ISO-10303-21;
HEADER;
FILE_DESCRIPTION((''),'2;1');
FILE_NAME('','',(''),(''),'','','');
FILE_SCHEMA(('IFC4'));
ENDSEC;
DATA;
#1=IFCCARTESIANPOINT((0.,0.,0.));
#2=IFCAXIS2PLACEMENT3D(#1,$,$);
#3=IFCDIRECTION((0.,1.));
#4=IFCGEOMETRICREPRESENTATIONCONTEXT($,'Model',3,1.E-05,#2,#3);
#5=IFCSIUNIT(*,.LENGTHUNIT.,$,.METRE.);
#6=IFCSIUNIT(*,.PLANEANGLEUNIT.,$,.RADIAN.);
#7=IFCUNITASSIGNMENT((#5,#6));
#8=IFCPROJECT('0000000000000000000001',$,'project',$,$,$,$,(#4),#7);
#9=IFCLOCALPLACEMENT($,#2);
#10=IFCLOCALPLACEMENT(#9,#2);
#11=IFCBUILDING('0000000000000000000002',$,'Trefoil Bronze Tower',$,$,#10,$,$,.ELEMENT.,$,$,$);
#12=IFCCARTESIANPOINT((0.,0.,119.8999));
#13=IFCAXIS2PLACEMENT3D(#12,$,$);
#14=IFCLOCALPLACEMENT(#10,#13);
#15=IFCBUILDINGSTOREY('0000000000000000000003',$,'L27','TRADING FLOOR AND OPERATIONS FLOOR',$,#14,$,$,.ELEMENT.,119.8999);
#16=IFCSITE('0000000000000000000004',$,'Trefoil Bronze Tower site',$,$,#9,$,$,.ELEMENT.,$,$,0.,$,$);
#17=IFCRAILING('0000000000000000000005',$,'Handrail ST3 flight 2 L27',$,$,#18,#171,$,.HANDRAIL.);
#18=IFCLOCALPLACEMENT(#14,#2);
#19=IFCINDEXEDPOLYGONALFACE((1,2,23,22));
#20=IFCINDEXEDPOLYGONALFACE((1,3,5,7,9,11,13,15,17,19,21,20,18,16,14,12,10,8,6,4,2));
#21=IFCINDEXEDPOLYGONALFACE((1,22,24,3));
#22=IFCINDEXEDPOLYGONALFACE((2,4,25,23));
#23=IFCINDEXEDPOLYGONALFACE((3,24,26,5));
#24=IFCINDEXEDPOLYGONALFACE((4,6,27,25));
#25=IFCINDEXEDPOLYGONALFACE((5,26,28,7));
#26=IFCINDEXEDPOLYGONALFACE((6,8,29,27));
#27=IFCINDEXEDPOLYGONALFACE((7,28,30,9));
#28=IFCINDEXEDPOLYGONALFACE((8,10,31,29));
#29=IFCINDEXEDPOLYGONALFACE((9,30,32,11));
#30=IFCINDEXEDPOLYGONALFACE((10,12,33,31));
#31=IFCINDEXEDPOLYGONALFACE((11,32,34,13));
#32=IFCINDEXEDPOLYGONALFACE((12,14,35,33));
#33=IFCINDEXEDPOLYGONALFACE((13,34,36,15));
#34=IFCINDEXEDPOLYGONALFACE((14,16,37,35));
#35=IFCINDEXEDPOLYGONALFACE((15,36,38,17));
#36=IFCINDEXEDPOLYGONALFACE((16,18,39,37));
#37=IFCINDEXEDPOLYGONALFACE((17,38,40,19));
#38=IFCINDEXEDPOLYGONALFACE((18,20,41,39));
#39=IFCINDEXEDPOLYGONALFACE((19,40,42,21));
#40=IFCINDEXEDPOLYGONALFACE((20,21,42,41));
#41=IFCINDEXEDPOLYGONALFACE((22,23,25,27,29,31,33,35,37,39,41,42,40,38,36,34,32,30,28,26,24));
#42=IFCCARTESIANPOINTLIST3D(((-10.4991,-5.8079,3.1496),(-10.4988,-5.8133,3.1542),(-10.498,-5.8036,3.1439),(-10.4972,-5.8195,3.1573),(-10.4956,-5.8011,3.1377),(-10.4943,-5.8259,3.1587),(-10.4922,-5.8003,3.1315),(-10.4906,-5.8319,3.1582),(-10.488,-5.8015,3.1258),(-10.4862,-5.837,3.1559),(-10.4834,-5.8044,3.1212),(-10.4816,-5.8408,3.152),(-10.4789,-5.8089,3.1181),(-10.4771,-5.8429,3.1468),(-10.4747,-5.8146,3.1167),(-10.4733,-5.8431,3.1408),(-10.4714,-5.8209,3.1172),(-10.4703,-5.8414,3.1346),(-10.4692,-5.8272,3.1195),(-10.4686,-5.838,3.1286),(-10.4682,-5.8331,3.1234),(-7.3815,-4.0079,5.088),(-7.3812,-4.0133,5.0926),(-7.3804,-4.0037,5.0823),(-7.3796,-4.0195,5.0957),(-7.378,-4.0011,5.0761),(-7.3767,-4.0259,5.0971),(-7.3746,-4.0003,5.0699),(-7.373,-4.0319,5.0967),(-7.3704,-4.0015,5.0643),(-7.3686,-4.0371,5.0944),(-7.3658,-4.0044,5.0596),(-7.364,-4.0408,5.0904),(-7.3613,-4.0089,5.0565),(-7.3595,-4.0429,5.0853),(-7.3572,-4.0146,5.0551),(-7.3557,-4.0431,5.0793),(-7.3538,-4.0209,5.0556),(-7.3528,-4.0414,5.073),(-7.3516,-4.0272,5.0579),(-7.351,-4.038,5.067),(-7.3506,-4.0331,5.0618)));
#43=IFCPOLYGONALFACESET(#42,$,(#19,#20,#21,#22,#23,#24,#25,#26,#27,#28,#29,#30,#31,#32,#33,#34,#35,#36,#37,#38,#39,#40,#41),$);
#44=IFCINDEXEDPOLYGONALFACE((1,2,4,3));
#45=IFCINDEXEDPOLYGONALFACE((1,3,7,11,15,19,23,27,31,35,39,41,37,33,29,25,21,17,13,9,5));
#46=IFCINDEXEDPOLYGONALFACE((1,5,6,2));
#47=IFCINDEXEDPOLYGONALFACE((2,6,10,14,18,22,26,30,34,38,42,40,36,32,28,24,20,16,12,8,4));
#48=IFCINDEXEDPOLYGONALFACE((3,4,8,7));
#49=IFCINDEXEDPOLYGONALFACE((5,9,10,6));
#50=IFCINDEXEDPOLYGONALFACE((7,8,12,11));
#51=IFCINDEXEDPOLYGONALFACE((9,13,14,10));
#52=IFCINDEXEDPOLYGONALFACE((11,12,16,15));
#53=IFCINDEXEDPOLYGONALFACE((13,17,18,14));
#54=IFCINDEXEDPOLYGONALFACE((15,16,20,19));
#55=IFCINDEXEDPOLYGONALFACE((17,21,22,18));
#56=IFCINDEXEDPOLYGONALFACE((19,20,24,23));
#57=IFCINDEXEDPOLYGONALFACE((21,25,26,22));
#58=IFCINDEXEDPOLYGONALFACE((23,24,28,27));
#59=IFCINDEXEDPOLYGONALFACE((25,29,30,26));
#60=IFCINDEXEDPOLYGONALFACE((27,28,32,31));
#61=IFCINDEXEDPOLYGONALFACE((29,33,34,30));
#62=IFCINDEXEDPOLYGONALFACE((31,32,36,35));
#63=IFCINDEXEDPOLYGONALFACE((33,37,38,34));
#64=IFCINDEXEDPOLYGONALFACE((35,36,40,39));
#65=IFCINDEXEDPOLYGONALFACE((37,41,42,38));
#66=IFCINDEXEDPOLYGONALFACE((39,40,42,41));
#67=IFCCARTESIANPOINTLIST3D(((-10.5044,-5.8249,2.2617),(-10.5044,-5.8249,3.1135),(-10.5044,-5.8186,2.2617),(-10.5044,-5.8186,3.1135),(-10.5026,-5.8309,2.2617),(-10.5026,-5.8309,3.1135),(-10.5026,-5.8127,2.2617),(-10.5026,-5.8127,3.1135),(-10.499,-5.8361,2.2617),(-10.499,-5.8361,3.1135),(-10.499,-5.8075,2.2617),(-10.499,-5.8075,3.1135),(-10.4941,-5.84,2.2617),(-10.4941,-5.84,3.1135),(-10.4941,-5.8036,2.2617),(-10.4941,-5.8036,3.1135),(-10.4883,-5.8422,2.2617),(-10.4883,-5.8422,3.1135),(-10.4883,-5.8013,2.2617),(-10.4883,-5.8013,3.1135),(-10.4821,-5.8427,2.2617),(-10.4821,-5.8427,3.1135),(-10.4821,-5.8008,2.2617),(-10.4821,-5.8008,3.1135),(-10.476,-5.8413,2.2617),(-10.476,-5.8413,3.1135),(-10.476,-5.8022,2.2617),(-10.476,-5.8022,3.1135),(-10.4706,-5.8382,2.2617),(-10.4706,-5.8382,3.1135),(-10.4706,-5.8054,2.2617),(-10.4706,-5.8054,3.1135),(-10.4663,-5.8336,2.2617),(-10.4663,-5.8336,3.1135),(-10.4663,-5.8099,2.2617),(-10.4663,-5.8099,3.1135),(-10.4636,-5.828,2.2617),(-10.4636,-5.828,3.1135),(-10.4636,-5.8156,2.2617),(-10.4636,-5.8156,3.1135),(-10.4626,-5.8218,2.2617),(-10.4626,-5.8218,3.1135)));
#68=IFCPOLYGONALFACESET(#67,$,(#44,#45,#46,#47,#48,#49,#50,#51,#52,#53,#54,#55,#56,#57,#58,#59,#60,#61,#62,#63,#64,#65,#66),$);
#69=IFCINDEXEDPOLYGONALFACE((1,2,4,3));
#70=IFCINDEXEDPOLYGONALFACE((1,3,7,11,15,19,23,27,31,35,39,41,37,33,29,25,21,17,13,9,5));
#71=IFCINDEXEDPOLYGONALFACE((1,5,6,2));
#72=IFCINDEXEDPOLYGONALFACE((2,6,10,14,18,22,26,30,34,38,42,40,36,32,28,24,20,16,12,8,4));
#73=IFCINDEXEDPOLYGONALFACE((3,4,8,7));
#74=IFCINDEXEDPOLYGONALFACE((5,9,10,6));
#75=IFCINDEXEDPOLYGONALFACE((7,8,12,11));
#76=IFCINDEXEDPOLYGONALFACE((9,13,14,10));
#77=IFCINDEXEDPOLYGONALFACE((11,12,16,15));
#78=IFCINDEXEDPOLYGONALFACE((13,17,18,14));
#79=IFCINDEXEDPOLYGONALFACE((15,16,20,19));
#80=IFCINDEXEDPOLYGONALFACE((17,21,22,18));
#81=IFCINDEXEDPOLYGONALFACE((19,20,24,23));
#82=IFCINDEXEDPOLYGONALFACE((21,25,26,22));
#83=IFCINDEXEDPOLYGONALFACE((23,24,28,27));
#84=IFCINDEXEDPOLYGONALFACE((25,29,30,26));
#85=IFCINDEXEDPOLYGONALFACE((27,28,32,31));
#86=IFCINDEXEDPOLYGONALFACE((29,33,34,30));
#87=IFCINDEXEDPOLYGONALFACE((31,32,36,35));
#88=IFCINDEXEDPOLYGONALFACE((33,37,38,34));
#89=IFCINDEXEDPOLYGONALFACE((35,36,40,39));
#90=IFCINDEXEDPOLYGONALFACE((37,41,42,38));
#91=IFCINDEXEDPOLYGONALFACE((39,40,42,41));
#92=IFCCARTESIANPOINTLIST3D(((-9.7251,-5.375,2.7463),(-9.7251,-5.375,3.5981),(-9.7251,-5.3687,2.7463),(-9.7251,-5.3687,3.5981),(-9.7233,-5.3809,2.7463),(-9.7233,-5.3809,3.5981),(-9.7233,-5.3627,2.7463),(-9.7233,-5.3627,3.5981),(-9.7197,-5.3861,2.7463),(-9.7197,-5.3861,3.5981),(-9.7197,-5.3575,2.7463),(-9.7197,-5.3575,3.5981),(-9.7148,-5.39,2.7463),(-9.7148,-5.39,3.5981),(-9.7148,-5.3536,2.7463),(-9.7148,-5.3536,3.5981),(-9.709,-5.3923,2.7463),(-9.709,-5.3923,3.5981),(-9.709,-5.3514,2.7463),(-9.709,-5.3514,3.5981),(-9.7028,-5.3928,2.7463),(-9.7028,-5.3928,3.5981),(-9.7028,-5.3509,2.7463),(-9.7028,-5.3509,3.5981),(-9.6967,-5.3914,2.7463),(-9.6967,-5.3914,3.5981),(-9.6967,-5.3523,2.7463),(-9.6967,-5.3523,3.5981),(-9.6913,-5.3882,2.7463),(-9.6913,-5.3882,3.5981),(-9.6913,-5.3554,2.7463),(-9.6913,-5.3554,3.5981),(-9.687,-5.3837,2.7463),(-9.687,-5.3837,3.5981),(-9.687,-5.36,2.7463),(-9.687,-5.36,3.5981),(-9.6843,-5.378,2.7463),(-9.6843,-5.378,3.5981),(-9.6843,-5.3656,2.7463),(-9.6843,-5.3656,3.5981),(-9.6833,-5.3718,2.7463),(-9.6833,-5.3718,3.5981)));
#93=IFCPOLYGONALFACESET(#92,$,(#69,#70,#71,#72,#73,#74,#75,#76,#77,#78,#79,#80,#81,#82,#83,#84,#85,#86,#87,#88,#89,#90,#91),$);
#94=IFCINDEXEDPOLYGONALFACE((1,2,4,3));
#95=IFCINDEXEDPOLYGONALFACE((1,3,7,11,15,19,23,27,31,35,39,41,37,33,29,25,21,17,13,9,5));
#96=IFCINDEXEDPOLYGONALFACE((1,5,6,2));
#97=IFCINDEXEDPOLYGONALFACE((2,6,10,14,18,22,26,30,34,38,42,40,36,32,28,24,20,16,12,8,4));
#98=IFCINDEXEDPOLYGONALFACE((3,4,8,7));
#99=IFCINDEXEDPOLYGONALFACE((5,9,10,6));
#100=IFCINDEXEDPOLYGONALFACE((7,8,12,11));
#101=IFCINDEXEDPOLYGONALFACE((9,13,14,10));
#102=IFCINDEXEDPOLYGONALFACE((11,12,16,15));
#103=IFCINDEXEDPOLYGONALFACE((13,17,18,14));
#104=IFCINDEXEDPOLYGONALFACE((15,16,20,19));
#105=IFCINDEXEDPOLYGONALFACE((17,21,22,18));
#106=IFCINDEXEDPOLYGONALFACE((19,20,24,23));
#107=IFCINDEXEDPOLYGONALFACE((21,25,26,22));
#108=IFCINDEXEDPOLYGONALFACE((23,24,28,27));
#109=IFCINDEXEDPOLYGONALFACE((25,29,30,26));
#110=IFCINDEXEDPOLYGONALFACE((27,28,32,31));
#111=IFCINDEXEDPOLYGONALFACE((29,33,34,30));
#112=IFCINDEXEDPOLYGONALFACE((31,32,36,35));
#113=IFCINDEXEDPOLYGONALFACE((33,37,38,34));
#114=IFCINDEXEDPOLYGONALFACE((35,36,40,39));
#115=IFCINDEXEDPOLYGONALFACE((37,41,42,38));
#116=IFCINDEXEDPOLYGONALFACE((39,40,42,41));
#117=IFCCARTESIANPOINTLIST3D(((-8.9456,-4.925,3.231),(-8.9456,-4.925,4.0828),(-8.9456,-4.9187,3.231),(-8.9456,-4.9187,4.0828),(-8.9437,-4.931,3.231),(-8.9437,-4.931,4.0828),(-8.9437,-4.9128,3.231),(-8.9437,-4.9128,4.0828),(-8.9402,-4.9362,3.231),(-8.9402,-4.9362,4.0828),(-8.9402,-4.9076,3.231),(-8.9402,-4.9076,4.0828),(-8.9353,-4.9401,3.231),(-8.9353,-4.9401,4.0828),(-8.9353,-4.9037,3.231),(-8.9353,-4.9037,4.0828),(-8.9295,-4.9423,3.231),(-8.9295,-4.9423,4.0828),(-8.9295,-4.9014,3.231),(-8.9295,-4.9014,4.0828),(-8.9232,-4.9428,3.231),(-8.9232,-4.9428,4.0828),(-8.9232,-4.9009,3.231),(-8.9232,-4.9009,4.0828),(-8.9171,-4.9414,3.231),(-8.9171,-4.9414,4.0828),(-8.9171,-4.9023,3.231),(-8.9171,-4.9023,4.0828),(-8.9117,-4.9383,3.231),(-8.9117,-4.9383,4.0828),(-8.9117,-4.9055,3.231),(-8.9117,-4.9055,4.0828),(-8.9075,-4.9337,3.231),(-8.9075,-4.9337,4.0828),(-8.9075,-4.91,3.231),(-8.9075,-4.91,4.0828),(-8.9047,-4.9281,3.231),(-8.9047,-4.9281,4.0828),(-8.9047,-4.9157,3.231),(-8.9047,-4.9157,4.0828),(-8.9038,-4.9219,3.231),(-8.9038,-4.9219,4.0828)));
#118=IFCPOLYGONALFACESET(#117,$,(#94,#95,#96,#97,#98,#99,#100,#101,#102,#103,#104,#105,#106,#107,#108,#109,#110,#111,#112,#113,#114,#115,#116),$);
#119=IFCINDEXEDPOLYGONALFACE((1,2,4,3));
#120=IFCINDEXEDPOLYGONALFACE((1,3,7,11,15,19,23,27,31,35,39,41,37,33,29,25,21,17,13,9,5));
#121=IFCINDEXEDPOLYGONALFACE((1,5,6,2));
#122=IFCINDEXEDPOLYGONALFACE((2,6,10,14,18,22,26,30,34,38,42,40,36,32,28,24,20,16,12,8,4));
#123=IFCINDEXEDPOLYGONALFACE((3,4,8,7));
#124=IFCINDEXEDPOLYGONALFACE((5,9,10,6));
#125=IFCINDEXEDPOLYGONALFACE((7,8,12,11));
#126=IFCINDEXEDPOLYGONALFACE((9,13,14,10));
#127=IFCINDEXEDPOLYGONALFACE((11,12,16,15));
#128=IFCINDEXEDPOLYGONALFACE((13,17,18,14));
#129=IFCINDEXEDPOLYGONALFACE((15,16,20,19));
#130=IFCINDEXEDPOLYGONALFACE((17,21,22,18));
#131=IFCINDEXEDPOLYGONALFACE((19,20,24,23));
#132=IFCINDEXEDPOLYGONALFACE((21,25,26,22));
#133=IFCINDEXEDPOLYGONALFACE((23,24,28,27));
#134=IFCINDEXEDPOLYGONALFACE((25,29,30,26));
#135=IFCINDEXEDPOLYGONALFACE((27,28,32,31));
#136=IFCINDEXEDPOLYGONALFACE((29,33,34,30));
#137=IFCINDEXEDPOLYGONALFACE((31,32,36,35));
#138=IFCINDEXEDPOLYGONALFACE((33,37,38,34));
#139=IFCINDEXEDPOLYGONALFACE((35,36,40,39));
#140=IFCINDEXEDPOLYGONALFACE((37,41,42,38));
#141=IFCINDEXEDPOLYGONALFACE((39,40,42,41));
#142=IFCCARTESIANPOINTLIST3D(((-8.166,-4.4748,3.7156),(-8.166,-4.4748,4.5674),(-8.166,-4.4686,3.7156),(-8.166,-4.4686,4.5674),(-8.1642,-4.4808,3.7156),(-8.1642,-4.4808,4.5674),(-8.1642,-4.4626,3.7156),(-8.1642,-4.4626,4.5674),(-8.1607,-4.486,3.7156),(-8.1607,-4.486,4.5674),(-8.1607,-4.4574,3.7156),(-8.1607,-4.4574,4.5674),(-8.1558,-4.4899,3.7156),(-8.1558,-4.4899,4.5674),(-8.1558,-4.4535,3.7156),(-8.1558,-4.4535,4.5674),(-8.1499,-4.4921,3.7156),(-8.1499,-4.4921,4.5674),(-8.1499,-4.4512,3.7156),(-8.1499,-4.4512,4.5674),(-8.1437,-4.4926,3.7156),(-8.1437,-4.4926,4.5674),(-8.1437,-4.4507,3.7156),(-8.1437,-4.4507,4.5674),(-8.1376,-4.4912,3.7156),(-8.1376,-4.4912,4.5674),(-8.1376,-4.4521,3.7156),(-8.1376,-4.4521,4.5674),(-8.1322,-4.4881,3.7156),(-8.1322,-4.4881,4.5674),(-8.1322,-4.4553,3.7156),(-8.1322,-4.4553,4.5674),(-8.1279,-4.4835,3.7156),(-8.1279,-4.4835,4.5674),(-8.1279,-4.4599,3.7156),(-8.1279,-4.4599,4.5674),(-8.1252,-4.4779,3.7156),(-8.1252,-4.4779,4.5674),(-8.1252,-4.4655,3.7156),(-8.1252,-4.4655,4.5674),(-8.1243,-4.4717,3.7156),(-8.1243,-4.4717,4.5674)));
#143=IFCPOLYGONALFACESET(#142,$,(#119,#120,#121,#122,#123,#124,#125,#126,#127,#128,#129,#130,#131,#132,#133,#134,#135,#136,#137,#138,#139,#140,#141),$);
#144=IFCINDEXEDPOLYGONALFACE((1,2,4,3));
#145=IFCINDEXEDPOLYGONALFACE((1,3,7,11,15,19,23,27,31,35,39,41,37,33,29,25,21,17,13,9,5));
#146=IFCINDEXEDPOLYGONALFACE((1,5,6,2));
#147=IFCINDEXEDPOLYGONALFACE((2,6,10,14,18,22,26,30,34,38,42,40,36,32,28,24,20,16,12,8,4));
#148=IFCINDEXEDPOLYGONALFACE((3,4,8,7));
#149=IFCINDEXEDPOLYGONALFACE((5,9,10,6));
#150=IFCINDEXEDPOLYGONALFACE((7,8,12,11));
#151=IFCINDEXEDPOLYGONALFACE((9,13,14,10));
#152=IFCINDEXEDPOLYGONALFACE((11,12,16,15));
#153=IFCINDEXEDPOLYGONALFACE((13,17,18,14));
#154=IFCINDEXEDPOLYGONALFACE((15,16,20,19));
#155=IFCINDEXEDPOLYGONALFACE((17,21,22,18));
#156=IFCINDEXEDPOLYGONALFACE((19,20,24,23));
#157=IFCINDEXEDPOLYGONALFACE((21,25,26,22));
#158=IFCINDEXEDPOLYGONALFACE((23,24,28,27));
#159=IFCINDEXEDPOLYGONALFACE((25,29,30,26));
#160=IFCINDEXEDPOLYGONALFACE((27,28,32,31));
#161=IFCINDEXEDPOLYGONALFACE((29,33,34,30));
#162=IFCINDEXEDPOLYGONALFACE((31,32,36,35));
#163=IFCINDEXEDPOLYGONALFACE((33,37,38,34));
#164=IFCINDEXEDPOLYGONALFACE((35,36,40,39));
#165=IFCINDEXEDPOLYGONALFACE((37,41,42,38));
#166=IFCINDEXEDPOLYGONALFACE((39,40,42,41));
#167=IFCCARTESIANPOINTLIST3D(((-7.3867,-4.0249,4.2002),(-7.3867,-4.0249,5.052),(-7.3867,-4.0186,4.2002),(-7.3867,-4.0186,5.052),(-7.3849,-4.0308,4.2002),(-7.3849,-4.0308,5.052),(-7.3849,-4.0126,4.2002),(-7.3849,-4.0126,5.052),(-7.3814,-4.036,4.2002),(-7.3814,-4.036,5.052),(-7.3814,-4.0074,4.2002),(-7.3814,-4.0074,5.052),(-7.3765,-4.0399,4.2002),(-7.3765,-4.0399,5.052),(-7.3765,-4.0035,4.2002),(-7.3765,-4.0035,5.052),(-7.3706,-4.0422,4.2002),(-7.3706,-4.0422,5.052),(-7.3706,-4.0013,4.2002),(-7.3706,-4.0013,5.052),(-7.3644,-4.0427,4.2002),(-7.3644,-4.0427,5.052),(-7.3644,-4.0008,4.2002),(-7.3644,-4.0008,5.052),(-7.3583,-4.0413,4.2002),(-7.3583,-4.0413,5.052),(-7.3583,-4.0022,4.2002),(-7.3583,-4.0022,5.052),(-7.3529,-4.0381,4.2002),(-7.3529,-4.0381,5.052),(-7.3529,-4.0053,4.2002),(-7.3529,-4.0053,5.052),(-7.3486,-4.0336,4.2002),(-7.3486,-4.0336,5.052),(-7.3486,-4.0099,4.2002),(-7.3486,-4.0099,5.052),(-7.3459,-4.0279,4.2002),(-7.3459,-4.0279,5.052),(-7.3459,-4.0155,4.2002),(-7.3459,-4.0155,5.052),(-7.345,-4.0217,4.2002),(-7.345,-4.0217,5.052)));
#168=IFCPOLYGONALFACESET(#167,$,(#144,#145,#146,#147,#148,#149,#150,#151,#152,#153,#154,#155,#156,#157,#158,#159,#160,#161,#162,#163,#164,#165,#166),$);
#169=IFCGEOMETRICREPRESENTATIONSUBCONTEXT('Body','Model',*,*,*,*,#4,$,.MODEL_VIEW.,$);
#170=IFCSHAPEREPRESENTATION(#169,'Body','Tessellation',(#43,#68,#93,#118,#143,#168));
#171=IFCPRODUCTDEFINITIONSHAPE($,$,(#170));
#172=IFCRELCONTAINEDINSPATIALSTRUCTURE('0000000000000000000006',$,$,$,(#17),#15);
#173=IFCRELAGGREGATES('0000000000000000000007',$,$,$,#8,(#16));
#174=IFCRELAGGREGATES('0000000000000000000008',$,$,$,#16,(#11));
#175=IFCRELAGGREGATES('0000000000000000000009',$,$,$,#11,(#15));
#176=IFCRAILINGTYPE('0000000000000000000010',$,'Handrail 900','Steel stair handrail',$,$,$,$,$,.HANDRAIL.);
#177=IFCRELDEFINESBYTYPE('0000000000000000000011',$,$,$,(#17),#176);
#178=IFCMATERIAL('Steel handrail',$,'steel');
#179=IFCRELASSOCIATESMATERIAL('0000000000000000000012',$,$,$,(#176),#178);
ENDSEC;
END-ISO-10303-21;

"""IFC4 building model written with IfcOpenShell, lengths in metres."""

from ifc_helpers import new_model, si_unit, direction, frame, origin, origin_2d, place, context, subcontext, project, spatial, circle, extrude, material, type_object, element, save


model = new_model("IFC4")

# Units and contexts
model_context = context("Model", 3, precision=1e-05, world=origin(), true_north=direction((0.0, 1.0)))
body_context = subcontext(model_context, "Body", "Model", "MODEL_VIEW")
ifc_project = project(units=[si_unit("LENGTHUNIT", "METRE"), si_unit("PLANEANGLEUNIT", "RADIAN")], contexts=[model_context])

# Site, building, storey
site_placement = place(None, origin())
site = spatial("IfcSite", under=ifc_project, at=site_placement, Name="Trefoil Bronze Tower site", CompositionType="ELEMENT", RefElevation=0.0)
building_placement = place(site_placement, origin())
building = spatial("IfcBuilding", under=site, at=building_placement, Name="Trefoil Bronze Tower", CompositionType="ELEMENT")
storey_placement = place(building_placement, frame((0.0, 0.0, 119.8999)))
storey = spatial("IfcBuildingStorey", under=building, at=storey_placement, Name="L27", Description="TRADING FLOOR AND OPERATIONS FLOOR", CompositionType="ELEMENT", Elevation=119.8999)

# Railing
ifc_material_1 = material(Name="Steel handrail", Category="steel")
railing_type = type_object("IfcRailingType", Name="Handrail 900", Description="Steel stair handrail", PredefinedType="HANDRAIL", material=ifc_material_1)
railing_1_placement = place(storey_placement, frame((-10.4836, -5.8218, 2.2617)))
element("IfcRailing", 1, at=railing_1_placement, inside=storey, type_object=railing_type, Name="Handrail ST3 flight 2 L27", PredefinedType="HANDRAIL", context=body_context, shape_type="SweptSolid", body=[
    extrude(circle(Radius=0.0239, at=origin_2d()), frame((0.0, 0.0, 0.876), z_axis=(0.762503, 0.440246, 0.474102), x_axis=(-0.500012, 0.866018, 0.0)), (0.0, 0.0, 1.0), 4.0886),
    extrude(circle(Radius=0.021, at=origin_2d()), origin(), (0.0, 0.0, 1.0), 0.8518),
    extrude(circle(Radius=0.021, at=origin_2d()), frame((0.7793, 0.45, 0.4846)), (0.0, 0.0, 1.0), 0.8518),
    extrude(circle(Radius=0.021, at=origin_2d()), frame((1.5588, 0.8999, 0.9692)), (0.0, 0.0, 1.0), 0.8518),
    extrude(circle(Radius=0.021, at=origin_2d()), frame((2.3384, 1.3501, 1.4539)), (0.0, 0.0, 1.0), 0.8518),
    extrude(circle(Radius=0.021, at=origin_2d()), frame((3.1177, 1.8, 1.9385)), (0.0, 0.0, 1.0), 0.8518),
])

save(model, "model.ifc")
